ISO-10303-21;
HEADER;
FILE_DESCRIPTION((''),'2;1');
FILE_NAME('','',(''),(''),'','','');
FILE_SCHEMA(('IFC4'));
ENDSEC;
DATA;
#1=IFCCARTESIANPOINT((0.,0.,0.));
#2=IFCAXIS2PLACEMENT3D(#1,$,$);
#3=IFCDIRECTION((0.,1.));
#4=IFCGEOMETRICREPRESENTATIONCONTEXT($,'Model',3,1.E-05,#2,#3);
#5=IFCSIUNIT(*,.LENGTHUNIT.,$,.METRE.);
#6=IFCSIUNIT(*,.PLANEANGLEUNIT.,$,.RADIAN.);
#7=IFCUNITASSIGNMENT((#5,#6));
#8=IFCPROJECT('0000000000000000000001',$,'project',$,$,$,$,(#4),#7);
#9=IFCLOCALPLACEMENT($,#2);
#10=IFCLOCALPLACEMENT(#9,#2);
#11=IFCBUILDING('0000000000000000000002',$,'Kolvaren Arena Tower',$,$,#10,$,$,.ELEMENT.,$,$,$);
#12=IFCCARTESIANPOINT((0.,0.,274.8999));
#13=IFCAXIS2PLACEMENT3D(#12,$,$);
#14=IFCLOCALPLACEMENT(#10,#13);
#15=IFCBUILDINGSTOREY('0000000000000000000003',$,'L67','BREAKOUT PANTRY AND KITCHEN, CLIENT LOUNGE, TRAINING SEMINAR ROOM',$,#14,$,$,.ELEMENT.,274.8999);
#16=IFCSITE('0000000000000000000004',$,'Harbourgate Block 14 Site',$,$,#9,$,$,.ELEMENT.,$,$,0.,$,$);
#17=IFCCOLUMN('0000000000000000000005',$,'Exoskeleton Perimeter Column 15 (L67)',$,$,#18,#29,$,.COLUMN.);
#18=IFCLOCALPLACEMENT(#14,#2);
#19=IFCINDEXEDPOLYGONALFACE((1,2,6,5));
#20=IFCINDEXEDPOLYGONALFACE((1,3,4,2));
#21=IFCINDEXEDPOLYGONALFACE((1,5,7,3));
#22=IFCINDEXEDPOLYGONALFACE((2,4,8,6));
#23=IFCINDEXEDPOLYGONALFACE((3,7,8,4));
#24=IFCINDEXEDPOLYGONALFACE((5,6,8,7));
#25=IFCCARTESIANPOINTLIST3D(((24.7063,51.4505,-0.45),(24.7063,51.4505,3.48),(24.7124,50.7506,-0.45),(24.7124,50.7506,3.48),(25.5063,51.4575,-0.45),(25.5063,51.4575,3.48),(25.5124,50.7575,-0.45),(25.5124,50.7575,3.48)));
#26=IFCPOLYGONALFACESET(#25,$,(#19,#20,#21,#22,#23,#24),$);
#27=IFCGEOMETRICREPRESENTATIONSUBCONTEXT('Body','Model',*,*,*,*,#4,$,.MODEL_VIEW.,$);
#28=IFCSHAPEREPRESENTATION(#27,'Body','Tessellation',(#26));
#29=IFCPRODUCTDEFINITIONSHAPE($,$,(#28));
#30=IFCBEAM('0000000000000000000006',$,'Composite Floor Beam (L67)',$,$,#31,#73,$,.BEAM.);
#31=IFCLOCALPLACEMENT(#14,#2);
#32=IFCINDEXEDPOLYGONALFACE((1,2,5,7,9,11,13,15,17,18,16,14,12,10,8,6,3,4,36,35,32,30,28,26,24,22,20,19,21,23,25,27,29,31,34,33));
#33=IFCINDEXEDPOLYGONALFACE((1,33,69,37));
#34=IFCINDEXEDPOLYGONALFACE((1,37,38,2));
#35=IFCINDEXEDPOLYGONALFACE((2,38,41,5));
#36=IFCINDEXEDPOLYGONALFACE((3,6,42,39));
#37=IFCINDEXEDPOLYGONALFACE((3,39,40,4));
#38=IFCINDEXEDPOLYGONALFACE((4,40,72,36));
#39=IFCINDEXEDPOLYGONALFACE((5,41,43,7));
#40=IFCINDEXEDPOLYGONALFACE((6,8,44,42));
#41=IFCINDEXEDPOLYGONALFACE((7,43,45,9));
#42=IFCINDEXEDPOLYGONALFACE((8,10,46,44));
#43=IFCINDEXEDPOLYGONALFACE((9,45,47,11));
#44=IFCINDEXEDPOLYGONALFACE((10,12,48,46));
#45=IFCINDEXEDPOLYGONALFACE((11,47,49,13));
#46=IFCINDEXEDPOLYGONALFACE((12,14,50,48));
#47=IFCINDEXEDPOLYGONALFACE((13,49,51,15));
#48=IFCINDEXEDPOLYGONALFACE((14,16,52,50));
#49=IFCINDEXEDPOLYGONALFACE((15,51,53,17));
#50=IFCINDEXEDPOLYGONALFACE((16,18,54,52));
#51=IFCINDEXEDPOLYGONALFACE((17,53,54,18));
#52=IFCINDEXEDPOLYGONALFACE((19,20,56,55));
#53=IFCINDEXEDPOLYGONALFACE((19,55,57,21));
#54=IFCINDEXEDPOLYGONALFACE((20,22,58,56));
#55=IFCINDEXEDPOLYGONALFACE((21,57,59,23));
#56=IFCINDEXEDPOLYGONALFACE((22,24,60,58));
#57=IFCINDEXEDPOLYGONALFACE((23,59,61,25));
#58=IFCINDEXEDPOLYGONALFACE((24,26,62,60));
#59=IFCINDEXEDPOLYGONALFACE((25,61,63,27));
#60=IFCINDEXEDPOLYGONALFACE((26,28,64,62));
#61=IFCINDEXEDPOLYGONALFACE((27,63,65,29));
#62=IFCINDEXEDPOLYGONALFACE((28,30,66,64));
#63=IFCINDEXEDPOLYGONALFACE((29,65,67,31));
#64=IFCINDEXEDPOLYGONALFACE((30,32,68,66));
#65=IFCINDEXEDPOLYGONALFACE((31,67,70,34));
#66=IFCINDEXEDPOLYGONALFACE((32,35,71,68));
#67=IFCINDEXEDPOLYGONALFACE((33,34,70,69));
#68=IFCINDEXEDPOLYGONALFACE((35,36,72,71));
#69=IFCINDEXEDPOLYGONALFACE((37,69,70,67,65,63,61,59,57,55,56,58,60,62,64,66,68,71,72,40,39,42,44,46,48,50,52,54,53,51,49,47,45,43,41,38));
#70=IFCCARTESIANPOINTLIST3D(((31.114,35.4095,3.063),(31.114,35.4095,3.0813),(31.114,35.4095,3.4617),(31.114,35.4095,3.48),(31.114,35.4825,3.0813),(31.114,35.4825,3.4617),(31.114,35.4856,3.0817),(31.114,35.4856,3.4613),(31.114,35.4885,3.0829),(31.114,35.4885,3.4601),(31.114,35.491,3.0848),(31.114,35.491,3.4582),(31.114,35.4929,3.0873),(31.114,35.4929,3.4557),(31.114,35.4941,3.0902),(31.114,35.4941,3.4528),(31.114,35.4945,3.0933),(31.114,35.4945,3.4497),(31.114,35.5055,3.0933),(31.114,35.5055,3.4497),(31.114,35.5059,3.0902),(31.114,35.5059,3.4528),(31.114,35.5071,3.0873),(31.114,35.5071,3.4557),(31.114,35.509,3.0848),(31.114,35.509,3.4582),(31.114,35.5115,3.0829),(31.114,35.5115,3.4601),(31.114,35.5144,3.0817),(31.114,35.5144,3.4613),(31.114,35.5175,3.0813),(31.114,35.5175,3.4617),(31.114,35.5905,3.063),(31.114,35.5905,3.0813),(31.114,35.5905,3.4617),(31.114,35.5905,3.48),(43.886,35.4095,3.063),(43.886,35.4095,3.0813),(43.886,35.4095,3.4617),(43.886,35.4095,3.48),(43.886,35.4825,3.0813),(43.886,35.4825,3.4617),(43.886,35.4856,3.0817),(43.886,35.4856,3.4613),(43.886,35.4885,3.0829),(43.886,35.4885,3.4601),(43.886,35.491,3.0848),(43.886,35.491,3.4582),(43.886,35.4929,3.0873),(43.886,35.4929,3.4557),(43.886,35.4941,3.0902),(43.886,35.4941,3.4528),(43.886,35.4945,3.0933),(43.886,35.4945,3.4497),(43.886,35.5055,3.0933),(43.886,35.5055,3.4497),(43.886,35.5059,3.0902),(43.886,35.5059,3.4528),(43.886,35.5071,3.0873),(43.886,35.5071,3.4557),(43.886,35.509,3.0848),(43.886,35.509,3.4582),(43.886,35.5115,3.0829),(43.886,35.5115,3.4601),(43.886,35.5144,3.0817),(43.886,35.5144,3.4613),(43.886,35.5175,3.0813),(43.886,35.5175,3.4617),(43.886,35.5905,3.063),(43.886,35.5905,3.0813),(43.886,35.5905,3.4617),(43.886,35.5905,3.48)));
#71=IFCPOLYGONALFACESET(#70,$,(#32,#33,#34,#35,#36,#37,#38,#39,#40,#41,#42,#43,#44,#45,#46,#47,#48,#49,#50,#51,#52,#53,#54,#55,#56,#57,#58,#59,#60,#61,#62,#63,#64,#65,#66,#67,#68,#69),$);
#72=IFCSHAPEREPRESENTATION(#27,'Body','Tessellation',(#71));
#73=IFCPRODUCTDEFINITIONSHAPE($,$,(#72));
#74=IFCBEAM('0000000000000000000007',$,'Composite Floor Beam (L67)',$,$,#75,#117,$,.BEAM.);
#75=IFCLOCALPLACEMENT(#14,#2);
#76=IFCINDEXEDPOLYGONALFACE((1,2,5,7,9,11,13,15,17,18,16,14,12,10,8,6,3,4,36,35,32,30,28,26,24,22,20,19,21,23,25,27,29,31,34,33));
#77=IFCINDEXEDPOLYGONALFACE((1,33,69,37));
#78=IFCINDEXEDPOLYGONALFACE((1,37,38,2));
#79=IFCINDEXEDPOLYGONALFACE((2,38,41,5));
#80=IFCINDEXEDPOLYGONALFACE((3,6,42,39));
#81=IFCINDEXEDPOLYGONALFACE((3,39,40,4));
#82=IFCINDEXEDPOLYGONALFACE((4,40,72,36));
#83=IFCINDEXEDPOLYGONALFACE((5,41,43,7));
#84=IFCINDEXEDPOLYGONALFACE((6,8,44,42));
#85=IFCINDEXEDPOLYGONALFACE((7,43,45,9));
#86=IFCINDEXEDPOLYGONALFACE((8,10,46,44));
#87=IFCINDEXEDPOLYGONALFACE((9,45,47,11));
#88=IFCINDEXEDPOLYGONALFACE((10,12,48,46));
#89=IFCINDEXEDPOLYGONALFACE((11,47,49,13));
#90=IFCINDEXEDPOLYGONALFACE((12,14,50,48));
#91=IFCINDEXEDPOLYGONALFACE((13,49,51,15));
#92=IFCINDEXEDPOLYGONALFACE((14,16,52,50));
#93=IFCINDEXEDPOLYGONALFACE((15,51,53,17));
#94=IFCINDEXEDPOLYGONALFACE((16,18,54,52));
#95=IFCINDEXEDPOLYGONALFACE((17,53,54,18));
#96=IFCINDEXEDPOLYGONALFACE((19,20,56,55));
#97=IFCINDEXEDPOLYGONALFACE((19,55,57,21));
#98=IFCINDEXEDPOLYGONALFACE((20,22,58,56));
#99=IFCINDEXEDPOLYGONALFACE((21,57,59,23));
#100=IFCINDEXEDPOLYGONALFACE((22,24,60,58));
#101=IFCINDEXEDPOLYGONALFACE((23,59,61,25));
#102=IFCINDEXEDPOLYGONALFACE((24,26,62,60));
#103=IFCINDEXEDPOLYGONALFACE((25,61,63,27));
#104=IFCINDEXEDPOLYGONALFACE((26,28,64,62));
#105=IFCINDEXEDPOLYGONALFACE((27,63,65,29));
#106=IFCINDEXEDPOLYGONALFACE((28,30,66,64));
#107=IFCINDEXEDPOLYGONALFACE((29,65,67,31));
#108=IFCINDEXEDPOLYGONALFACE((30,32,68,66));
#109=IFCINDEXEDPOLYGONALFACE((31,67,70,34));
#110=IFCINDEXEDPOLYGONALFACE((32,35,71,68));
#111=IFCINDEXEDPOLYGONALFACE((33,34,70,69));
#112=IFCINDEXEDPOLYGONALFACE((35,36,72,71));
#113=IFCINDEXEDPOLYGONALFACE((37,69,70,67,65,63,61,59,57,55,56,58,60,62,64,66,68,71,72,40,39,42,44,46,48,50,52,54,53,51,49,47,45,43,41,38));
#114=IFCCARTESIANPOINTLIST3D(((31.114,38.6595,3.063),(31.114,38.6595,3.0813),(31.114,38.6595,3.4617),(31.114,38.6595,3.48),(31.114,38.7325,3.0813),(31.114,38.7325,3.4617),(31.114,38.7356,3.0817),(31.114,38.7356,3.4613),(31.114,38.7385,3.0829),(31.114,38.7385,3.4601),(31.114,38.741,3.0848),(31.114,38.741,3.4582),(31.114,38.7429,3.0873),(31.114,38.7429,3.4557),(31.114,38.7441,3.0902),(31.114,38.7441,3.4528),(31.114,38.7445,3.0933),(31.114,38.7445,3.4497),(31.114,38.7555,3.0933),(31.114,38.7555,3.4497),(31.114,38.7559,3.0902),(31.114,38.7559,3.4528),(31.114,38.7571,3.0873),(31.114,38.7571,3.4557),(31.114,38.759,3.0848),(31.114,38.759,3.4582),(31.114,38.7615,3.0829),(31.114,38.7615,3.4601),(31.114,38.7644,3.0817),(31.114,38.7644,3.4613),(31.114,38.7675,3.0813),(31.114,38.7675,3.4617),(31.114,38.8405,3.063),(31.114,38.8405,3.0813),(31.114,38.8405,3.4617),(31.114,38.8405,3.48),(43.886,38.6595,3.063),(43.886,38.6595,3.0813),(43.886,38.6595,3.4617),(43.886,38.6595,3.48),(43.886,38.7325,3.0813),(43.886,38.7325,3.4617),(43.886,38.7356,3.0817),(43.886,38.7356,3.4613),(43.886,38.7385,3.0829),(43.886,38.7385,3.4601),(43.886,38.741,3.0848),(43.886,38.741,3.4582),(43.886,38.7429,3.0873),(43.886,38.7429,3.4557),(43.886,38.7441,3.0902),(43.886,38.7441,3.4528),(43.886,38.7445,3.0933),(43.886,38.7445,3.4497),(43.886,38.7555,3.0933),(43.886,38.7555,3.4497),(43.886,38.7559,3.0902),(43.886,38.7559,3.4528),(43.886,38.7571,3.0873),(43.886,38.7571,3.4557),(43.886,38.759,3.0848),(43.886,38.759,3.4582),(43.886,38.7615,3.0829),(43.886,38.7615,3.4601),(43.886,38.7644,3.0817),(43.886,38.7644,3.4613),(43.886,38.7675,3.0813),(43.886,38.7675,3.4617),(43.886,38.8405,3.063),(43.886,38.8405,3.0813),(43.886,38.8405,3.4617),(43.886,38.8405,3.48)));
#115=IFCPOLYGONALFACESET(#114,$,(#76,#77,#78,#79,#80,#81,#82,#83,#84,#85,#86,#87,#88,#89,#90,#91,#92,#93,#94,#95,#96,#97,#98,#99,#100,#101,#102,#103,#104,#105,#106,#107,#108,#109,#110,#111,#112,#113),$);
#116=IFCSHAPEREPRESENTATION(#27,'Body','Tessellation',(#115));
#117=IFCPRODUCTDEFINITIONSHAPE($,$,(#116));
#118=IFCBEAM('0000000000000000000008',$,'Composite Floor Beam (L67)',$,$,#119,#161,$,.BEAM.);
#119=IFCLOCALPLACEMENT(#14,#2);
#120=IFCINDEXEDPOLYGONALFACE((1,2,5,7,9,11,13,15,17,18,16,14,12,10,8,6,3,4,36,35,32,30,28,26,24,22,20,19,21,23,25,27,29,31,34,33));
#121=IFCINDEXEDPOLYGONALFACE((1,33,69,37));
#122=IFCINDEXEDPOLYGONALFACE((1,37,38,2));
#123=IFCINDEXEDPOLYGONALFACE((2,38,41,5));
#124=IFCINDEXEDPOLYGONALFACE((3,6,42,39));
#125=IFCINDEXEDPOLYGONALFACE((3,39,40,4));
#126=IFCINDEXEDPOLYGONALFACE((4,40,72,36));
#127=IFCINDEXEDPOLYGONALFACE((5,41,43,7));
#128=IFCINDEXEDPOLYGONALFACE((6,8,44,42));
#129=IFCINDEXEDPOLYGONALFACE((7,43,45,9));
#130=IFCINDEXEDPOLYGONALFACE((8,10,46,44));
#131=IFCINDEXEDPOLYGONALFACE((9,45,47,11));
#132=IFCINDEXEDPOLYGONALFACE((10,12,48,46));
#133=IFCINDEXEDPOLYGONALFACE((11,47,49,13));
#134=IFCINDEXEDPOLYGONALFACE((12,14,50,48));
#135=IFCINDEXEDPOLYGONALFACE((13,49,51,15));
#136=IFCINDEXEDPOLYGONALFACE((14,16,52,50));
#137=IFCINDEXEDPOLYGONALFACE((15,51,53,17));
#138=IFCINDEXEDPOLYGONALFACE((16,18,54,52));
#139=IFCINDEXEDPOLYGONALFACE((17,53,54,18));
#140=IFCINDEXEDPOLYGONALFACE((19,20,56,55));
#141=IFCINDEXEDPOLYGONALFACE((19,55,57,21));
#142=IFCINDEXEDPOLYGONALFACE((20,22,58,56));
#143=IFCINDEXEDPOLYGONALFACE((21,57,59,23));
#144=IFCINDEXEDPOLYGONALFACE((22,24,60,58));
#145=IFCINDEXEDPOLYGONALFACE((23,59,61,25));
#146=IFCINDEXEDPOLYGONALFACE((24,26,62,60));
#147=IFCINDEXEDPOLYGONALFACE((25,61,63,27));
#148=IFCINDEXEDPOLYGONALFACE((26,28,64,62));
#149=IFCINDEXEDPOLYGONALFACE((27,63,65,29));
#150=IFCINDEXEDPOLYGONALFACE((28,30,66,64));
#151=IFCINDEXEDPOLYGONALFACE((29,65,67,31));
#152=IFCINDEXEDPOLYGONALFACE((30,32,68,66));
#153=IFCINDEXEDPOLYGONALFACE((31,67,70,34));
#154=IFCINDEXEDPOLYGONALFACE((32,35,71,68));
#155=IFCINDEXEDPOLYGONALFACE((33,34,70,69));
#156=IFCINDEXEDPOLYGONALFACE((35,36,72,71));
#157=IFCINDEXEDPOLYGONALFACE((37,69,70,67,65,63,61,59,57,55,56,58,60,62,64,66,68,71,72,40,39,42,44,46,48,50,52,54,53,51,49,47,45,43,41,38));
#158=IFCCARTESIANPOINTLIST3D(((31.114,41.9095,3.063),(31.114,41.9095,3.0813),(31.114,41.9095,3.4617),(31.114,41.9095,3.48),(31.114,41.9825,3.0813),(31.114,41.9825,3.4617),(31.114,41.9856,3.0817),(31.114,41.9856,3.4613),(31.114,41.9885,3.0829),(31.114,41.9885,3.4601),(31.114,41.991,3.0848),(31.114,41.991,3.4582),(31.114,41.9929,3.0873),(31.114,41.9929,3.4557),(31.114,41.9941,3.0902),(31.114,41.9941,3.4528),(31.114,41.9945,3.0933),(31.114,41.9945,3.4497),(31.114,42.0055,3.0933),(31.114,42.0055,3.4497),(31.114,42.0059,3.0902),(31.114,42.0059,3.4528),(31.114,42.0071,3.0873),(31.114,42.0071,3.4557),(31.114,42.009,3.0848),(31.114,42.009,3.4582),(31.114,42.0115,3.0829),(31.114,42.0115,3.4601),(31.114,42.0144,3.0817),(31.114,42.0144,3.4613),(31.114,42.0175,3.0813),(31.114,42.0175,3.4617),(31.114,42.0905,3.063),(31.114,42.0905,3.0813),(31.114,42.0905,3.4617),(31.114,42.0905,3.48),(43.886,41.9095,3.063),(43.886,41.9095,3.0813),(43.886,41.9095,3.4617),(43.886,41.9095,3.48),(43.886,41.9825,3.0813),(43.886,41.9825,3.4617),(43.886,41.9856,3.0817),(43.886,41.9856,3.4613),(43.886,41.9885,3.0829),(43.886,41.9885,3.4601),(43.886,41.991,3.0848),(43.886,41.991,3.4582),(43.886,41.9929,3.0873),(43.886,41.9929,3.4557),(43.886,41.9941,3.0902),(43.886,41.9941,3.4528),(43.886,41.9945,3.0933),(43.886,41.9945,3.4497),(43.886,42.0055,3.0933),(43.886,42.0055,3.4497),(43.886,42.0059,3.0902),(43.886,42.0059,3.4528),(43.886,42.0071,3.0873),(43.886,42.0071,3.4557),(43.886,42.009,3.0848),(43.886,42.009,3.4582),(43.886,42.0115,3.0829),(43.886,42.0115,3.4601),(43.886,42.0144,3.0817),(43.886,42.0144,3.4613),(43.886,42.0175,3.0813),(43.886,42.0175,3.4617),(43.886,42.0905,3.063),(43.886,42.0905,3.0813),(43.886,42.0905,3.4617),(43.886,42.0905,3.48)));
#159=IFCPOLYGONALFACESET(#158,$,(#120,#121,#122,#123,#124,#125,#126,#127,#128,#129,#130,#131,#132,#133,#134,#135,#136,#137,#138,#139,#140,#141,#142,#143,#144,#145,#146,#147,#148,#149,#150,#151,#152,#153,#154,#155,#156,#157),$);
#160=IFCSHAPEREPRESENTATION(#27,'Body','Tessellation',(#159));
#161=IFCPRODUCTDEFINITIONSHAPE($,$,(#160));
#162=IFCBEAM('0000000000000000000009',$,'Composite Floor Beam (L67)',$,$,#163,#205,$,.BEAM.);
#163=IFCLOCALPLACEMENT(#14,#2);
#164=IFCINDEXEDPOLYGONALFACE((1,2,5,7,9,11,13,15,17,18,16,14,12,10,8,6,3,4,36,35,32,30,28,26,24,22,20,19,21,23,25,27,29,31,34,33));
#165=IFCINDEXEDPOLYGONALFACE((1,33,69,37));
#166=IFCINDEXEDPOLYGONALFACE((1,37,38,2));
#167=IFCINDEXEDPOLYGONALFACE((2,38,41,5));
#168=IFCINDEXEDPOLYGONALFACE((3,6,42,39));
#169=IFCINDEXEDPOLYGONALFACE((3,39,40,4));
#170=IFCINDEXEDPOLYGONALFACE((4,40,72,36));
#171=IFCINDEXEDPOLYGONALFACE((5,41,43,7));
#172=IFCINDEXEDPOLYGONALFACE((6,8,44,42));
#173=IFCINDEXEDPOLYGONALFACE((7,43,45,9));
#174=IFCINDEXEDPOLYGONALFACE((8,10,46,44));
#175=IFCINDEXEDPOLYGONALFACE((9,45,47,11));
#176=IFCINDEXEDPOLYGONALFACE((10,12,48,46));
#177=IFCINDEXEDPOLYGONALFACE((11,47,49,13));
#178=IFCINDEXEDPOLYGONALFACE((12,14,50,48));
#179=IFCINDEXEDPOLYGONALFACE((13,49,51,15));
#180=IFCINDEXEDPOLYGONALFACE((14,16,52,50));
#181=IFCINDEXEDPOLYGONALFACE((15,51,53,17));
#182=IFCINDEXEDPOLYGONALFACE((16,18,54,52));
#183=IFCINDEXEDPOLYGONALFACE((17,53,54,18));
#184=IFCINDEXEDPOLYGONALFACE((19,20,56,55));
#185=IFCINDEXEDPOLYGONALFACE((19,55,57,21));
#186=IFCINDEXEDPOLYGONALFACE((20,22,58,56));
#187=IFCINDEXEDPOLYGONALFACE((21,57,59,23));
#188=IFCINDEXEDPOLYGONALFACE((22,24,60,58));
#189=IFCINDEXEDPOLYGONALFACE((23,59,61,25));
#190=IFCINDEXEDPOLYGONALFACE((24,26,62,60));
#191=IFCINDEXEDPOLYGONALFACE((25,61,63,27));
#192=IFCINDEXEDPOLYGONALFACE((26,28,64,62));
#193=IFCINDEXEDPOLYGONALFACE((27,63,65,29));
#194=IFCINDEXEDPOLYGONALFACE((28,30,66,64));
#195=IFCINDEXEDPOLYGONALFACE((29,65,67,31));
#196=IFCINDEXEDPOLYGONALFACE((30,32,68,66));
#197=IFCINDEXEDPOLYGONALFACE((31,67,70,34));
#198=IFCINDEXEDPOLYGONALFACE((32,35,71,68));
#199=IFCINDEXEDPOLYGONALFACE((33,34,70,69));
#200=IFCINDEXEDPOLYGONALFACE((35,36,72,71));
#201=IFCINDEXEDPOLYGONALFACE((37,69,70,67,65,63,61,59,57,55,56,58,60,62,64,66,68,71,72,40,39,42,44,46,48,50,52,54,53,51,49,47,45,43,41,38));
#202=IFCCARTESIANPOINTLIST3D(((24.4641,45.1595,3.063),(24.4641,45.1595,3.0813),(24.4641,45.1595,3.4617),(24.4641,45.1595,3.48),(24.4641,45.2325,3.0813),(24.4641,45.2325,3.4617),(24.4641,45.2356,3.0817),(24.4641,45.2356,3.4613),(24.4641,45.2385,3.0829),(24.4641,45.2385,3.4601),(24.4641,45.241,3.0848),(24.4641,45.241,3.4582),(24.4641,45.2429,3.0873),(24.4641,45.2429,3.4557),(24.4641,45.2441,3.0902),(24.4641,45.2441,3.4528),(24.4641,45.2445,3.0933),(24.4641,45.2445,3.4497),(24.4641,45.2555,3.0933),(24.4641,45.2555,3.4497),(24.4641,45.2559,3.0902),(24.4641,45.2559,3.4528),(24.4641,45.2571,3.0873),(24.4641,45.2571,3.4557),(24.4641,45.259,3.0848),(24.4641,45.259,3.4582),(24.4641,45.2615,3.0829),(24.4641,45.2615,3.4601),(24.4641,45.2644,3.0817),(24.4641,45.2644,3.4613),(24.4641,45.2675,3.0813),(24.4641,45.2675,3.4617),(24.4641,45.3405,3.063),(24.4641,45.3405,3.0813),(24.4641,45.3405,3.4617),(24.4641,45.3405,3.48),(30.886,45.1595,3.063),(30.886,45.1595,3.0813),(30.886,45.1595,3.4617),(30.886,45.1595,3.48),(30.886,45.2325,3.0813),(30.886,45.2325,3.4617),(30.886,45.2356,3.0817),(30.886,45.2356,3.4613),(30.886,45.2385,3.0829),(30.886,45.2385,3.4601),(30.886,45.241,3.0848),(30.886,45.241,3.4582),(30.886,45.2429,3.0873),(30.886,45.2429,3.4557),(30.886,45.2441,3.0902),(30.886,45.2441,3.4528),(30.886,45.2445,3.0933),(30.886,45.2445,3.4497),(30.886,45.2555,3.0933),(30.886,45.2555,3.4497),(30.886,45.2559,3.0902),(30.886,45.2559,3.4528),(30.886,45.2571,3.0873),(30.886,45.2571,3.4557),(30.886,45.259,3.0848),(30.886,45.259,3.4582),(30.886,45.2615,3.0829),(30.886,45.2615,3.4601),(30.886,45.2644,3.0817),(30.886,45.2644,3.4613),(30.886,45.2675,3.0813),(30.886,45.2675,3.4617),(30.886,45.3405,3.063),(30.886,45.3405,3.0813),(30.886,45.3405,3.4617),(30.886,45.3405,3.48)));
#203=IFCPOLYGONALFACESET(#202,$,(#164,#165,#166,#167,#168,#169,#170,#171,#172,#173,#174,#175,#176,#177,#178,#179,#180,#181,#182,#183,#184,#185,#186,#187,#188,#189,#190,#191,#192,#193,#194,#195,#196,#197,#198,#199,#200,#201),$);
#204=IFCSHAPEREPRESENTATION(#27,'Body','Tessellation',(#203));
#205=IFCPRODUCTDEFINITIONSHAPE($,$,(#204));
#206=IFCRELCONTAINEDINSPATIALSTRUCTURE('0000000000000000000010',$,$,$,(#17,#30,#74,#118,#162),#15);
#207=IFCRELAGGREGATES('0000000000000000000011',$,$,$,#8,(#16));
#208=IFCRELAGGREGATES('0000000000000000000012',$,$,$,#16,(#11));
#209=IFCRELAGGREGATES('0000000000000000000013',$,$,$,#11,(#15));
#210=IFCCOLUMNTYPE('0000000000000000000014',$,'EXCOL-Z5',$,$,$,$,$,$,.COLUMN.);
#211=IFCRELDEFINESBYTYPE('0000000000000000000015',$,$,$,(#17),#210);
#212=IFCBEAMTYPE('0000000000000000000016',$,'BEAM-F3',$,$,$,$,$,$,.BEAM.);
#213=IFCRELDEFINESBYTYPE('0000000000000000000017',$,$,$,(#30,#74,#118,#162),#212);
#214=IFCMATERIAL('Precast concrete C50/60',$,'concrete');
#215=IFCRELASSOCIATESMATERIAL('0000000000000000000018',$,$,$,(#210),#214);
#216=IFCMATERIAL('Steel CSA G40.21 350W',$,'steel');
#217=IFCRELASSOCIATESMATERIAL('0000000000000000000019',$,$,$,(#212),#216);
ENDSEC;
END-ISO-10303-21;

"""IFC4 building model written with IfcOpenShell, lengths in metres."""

from ifc_helpers import new_model, si_unit, direction, frame, origin, origin_2d, place, context, subcontext, project, spatial, rectangle, i_section, extrude, material, material_profile, profile_set, type_object, element, save


model = new_model("IFC4")

# Units and contexts
model_context = context("Model", 3, precision=1e-05, world=origin(), true_north=direction((0.0, 1.0)))
body_context = subcontext(model_context, "Body", "Model", "MODEL_VIEW")
ifc_project = project(units=[si_unit("LENGTHUNIT", "METRE"), si_unit("PLANEANGLEUNIT", "RADIAN")], contexts=[model_context])

# Site, building, storey
site_placement = place(None, origin())
site = spatial("IfcSite", under=ifc_project, at=site_placement, Name="Harbourgate Block 14 Site", CompositionType="ELEMENT", RefElevation=0.0)
building_placement = place(site_placement, origin())
building = spatial("IfcBuilding", under=site, at=building_placement, Name="Kolvaren Arena Tower", CompositionType="ELEMENT")
storey_placement = place(building_placement, frame((0.0, 0.0, 274.8999)))
storey = spatial("IfcBuildingStorey", under=building, at=storey_placement, Name="L67", Description="BREAKOUT PANTRY AND KITCHEN, CLIENT LOUNGE, TRAINING SEMINAR ROOM", CompositionType="ELEMENT", Elevation=274.8999)

# Column
ifc_material_1 = material(Name="Precast concrete C50/60", Category="concrete")
ifc_material_profile_1 = material_profile(ifc_material_1, rectangle(XDim=0.8, YDim=0.7, at=origin_2d()), Name="RC-800x700")
ifc_profile_set_1 = profile_set([ifc_material_profile_1], Name="Precast concrete C50/60")
column_type = type_object("IfcColumnType", Name="EXCOL-Z5", PredefinedType="COLUMN", material=ifc_profile_set_1)
column_placement = place(storey_placement, frame((25.1094, 51.104, -0.45), z_axis=(0.0, 0.0, 1.0), x_axis=(0.999962, 0.008727, 0.0)))
element("IfcColumn", 1, at=column_placement, inside=storey, type_object=column_type, Name="Exoskeleton Perimeter Column 15 (L67)", PredefinedType="COLUMN", context=body_context, shape_type="SweptSolid", body=[
    extrude(rectangle(XDim=0.8, YDim=0.7, at=origin_2d()), origin(), (0.0, 0.0, 1.0), 3.9299),
])

# Beams
ifc_material_2 = material(Name="Steel CSA G40.21 350W", Category="steel")
ifc_material_profile_2 = material_profile(ifc_material_2, i_section(OverallWidth=0.1809, OverallDepth=0.417, WebThickness=0.011, FlangeThickness=0.0183, FilletRadius=0.012, at=origin_2d()), Name="W410x85")
ifc_profile_set_2 = profile_set([ifc_material_profile_2], Name="Steel CSA G40.21 350W")
beam_type_1 = type_object("IfcBeamType", Name="BEAM-F3", PredefinedType="BEAM", material=ifc_profile_set_2)
for number, where, z_axis, x_axis, name in (
    (2, (31.114, 35.5, 3.2715), (1.0, 0.0, 0.0), (0.0, 1.0, 0.0), "Composite Floor Beam (L67)"),
    (3, (31.114, 38.75, 3.2715), (1.0, 0.0, 0.0), (0.0, 1.0, 0.0), "Composite Floor Beam (L67)"),
    (4, (31.114, 42.0, 3.2715), (1.0, 0.0, 0.0), (0.0, 1.0, 0.0), "Composite Floor Beam (L67)"),
):
    element("IfcBeam", number, at=place(storey_placement, frame(where, z_axis=z_axis, x_axis=x_axis)), inside=storey, type_object=beam_type_1, Name=name, PredefinedType="BEAM", context=body_context, shape_type="SweptSolid", body=[
        extrude(i_section(OverallWidth=0.1809, OverallDepth=0.417, WebThickness=0.011, FlangeThickness=0.0183, FilletRadius=0.012, at=origin_2d()), origin(), (0.0, 0.0, 1.0), 12.772),
    ])
beam_1_placement = place(storey_placement, frame((24.4641, 45.25, 3.2715), z_axis=(1.0, 0.0, 0.0), x_axis=(0.0, 1.0, 0.0)))
element("IfcBeam", 5, at=beam_1_placement, inside=storey, type_object=beam_type_1, Name="Composite Floor Beam (L67)", PredefinedType="BEAM", context=body_context, shape_type="SweptSolid", body=[
    extrude(i_section(OverallWidth=0.1809, OverallDepth=0.417, WebThickness=0.011, FlangeThickness=0.0183, FilletRadius=0.012, at=origin_2d()), origin(), (0.0, 0.0, 1.0), 6.4219),
])

save(model, "model.ifc")
